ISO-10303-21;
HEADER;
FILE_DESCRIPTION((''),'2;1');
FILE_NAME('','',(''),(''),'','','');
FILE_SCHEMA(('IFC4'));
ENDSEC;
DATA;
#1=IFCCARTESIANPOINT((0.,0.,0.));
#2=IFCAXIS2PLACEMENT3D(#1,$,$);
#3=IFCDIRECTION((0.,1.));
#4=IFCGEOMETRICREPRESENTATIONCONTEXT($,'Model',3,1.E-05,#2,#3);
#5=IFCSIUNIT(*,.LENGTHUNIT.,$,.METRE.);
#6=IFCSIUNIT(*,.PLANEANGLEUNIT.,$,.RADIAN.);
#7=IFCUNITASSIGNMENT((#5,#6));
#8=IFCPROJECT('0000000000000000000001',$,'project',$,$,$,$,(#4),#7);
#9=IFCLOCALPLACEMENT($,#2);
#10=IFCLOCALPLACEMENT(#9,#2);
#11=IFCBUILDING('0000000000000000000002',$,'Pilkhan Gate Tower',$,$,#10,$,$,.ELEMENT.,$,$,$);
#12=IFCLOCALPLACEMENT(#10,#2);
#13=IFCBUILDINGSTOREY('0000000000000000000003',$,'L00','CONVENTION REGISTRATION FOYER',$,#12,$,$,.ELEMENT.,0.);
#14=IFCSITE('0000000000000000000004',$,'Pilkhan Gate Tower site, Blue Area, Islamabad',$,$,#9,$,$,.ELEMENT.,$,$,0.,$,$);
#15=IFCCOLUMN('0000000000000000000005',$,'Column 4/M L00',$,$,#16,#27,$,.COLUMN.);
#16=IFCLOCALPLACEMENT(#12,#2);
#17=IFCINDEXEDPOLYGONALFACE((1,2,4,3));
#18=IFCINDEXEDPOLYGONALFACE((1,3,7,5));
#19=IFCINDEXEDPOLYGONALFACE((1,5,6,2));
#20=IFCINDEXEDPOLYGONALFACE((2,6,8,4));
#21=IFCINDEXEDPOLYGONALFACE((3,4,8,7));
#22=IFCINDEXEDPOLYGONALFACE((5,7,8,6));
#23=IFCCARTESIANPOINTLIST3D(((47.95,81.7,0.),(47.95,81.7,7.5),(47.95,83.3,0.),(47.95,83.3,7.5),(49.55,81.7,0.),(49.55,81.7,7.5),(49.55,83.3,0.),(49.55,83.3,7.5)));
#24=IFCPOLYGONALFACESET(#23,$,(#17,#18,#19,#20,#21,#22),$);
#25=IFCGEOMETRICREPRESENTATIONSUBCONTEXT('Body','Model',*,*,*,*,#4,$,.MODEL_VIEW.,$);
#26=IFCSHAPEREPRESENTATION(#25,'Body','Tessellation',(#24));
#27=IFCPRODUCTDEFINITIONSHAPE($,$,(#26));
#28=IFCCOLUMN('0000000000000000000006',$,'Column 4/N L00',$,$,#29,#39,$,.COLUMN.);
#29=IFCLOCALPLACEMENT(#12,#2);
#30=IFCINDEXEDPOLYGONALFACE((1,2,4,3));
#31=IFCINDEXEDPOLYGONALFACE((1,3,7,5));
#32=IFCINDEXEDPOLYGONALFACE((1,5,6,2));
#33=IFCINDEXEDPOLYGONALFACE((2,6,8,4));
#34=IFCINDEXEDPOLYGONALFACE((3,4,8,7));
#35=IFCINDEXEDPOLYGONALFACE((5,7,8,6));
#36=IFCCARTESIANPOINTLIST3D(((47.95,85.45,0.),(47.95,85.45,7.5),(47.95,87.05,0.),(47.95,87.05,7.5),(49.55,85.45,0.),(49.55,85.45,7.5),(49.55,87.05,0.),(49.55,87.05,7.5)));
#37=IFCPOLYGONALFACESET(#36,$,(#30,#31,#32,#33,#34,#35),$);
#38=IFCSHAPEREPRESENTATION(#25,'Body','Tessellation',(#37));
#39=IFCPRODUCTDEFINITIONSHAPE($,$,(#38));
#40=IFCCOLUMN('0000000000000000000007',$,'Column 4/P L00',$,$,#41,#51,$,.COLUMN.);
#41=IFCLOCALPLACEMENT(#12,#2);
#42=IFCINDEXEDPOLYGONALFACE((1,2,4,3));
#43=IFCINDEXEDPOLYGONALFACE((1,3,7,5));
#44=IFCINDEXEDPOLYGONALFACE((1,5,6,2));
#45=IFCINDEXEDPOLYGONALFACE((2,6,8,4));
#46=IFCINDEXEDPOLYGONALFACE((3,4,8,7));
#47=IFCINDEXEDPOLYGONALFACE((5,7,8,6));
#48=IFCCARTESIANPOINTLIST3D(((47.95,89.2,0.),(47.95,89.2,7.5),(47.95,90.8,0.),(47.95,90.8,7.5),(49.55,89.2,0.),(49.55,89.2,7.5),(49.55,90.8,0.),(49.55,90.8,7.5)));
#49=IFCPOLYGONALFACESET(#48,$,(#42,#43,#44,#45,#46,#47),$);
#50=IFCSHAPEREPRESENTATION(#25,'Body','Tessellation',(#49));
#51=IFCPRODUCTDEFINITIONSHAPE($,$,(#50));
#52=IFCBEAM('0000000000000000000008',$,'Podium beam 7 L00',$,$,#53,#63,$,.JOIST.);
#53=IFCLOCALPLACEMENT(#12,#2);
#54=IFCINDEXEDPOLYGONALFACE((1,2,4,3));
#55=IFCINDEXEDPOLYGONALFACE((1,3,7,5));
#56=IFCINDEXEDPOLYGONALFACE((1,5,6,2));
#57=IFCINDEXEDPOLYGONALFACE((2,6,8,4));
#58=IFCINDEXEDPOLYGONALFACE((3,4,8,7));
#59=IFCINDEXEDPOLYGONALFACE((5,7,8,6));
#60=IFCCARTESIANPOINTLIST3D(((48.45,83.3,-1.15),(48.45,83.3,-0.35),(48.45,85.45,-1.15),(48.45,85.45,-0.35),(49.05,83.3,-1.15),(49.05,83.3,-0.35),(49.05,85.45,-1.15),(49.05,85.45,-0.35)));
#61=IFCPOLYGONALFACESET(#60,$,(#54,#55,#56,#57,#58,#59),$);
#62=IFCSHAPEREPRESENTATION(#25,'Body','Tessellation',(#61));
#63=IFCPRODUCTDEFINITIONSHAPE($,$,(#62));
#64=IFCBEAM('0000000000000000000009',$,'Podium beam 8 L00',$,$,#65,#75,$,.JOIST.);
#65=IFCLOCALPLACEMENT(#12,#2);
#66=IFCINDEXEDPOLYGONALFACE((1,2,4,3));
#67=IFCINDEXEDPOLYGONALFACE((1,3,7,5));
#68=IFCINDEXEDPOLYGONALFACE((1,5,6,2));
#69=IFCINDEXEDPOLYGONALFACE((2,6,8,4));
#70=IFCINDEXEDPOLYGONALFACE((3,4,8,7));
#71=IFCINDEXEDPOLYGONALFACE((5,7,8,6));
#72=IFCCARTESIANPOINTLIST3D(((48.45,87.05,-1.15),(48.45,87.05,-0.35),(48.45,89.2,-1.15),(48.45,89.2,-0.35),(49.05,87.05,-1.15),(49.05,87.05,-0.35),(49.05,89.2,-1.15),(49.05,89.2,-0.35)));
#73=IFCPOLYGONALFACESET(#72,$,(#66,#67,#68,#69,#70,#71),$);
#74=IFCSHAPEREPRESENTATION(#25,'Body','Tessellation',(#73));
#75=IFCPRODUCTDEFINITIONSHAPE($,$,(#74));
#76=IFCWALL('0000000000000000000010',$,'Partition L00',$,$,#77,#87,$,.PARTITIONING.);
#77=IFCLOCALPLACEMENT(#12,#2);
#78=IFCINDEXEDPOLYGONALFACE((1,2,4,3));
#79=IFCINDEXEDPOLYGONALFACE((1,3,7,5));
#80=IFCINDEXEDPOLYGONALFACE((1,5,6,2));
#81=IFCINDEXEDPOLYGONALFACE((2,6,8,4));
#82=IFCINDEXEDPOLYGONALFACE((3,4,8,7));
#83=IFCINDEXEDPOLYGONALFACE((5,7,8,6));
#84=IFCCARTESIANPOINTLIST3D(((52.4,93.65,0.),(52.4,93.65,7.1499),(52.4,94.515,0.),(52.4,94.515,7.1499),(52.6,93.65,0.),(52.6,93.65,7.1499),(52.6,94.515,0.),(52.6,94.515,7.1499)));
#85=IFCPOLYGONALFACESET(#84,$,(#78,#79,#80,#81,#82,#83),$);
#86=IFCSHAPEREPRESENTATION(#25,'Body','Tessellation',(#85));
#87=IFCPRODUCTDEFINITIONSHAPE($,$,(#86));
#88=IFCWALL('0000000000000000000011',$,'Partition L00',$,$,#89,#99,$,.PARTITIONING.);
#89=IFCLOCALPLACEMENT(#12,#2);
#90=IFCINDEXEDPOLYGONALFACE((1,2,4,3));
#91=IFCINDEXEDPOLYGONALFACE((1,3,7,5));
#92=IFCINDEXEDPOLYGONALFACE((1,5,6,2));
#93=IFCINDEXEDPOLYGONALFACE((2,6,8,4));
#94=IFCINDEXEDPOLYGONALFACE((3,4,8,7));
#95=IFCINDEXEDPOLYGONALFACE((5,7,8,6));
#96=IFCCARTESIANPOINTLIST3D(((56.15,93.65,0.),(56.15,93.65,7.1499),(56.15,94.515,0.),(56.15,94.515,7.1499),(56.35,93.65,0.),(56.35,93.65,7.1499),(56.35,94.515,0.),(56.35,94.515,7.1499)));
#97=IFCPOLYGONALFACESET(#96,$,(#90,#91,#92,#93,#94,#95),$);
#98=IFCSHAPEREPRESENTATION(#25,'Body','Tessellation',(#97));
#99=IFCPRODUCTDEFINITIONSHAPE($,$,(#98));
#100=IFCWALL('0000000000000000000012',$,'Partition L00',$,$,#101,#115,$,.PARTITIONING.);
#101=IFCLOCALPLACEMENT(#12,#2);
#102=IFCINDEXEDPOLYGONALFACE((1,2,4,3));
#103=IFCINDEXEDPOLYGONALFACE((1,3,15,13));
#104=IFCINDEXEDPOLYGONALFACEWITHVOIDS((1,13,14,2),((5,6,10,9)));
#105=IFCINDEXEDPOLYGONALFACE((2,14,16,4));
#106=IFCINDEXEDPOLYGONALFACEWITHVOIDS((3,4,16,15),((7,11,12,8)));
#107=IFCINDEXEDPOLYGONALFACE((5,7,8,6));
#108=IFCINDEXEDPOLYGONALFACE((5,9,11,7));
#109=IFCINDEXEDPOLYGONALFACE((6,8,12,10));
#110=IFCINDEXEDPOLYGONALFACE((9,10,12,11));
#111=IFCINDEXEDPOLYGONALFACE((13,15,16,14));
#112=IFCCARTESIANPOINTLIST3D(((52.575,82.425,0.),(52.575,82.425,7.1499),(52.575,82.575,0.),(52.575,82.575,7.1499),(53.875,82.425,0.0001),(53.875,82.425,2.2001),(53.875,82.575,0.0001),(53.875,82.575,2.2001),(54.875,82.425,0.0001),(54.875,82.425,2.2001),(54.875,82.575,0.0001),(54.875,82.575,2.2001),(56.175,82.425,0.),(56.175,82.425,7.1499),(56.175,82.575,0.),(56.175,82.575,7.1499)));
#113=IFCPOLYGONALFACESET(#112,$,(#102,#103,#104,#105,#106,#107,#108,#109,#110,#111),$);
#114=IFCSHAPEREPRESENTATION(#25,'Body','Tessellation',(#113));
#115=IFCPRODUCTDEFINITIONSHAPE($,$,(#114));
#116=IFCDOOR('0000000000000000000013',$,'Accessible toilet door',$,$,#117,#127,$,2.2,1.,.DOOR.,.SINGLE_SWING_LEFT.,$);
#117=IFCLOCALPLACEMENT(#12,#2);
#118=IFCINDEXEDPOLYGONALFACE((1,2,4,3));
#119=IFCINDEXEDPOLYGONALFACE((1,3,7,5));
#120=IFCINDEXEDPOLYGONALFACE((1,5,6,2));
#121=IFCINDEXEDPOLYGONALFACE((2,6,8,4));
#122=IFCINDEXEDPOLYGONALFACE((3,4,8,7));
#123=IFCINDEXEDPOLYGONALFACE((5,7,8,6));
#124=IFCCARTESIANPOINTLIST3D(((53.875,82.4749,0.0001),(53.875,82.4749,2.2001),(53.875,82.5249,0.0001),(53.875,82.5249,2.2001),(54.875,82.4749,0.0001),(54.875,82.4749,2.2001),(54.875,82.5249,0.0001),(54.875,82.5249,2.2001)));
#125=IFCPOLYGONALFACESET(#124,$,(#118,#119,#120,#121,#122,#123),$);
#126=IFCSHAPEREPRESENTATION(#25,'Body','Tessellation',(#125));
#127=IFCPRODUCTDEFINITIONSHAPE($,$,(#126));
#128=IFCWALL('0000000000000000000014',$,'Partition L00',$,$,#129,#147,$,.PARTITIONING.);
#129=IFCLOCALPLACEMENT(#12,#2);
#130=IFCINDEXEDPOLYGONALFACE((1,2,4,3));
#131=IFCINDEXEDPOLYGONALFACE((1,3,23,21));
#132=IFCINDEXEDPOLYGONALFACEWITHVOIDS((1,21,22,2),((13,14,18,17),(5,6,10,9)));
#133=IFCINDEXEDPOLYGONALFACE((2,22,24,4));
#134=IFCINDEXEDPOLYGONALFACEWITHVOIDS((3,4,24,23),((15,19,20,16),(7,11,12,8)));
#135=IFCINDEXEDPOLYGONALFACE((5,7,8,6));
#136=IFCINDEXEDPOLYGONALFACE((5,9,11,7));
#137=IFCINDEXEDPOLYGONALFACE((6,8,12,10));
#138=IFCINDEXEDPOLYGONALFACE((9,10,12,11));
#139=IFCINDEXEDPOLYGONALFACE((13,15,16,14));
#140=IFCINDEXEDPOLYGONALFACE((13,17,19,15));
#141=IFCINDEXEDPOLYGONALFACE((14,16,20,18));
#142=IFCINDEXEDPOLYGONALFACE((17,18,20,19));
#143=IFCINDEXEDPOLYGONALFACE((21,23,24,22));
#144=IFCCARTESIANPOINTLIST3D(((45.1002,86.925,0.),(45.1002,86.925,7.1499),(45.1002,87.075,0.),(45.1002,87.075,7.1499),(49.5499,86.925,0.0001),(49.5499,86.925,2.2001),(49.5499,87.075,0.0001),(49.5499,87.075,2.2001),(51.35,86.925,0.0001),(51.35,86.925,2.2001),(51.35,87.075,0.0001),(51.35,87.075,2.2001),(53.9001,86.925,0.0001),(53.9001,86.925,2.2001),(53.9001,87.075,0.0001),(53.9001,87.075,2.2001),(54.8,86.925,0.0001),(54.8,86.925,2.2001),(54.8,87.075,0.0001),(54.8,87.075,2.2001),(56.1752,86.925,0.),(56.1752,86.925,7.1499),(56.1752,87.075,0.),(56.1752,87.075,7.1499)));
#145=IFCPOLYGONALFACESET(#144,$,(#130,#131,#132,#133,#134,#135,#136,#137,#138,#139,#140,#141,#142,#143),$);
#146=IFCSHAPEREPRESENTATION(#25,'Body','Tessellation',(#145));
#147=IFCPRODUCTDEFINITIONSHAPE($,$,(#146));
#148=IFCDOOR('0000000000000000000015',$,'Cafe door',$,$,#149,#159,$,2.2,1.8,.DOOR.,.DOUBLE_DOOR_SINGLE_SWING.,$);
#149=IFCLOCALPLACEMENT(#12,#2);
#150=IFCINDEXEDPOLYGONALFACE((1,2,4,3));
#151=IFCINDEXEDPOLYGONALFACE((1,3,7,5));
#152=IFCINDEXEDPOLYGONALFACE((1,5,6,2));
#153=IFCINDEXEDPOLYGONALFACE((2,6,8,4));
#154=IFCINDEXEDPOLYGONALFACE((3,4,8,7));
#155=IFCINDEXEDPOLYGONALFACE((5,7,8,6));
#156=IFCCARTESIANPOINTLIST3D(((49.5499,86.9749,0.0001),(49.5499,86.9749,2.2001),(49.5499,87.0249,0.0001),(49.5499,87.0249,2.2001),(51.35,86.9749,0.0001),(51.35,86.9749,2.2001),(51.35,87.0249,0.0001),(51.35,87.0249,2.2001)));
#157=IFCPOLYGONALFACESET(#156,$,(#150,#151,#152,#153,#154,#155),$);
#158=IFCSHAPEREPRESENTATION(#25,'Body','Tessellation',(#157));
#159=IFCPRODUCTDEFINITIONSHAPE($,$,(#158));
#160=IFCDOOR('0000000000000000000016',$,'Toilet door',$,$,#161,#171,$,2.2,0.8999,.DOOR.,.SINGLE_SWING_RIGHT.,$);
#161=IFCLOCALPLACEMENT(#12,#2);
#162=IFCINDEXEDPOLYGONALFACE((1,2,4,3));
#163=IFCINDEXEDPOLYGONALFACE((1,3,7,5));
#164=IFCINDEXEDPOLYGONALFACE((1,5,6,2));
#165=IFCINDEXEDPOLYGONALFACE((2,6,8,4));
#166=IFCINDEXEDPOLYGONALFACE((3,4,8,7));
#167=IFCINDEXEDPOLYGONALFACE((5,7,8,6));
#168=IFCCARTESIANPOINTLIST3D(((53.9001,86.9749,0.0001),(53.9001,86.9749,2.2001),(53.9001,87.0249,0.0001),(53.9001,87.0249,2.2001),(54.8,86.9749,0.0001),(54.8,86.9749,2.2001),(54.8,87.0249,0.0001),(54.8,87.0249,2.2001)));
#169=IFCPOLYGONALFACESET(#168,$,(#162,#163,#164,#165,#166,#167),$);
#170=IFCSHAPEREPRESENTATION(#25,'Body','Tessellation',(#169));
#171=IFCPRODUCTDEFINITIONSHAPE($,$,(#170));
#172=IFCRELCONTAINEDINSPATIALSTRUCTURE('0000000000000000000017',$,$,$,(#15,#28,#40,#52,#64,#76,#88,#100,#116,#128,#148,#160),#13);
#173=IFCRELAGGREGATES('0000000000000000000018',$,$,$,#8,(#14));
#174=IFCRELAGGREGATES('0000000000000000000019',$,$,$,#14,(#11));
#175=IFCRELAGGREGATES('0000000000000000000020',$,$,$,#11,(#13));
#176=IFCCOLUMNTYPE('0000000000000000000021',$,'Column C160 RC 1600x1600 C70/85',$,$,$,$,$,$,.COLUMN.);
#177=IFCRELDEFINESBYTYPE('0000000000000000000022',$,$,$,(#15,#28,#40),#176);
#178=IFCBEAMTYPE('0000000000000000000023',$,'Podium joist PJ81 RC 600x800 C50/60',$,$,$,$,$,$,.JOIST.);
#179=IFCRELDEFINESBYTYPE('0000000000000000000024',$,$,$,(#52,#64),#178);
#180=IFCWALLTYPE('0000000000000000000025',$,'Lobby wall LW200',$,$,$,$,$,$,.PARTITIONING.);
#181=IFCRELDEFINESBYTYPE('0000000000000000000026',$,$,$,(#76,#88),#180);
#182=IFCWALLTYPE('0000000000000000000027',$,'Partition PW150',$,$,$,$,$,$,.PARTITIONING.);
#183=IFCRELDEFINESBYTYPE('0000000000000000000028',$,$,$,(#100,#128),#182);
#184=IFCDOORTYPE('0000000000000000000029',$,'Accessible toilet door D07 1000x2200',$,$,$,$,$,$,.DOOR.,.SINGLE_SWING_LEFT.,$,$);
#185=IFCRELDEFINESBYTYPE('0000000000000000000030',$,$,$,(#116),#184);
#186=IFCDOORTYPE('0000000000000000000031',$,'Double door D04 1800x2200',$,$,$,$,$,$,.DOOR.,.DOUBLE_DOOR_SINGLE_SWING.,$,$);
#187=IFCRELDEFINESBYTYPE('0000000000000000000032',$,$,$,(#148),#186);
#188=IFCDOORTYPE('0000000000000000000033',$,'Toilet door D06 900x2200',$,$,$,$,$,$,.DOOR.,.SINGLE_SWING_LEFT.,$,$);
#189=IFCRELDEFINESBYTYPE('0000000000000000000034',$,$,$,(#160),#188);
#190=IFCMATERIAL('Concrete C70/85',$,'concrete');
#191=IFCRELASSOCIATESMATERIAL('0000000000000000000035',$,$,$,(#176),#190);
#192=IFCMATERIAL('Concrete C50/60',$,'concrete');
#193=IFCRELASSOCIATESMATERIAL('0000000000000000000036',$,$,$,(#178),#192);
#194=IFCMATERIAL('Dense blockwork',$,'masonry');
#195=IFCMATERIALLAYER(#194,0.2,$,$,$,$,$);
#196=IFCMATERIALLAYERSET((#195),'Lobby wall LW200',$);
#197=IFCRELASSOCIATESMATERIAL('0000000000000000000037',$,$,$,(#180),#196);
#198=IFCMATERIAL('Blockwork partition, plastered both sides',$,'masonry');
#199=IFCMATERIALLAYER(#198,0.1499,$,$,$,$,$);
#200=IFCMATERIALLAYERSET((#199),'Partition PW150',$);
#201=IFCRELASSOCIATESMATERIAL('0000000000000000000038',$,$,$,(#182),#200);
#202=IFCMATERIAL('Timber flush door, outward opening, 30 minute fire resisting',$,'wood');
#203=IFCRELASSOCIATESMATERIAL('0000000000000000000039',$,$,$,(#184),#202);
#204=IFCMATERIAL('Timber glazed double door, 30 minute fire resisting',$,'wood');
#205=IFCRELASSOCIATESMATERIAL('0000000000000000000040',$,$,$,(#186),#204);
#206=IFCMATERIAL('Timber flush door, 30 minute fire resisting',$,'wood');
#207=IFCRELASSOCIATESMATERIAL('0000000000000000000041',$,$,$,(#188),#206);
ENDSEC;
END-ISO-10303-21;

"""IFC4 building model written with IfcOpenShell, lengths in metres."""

from ifc_helpers import new_model, si_unit, direction, frame, frame_2d, origin, origin_2d, place, context, subcontext, project, spatial, rectangle, extrude, material, layer, layer_set, material_profile, profile_set, type_object, element, fill, save


model = new_model("IFC4")

# Units and contexts
model_context = context("Model", 3, precision=1e-05, world=origin(), true_north=direction((0.0, 1.0)))
body_context = subcontext(model_context, "Body", "Model", "MODEL_VIEW")
ifc_project = project(units=[si_unit("LENGTHUNIT", "METRE"), si_unit("PLANEANGLEUNIT", "RADIAN")], contexts=[model_context])

# Site, building, storey
site_placement = place(None, origin())
site = spatial("IfcSite", under=ifc_project, at=site_placement, Name="Pilkhan Gate Tower site, Blue Area, Islamabad", CompositionType="ELEMENT", RefElevation=0.0)
building_placement = place(site_placement, origin())
building = spatial("IfcBuilding", under=site, at=building_placement, Name="Pilkhan Gate Tower", CompositionType="ELEMENT")
storey_placement = place(building_placement, origin())
storey = spatial("IfcBuildingStorey", under=building, at=storey_placement, Name="L00", Description="CONVENTION REGISTRATION FOYER", CompositionType="ELEMENT", Elevation=0.0)

# Columns
ifc_material_1 = material(Name="Concrete C70/85", Category="concrete")
ifc_material_profile_1 = material_profile(ifc_material_1, rectangle(XDim=1.6001, YDim=1.6001, at=origin_2d()), Name="RC 1600x1600")
ifc_profile_set_1 = profile_set([ifc_material_profile_1], Name="Concrete C70/85")
column_type = type_object("IfcColumnType", Name="Column C160 RC 1600x1600 C70/85", PredefinedType="COLUMN", material=ifc_profile_set_1)
for number, where, z_axis, x_axis, name in (
    (1, (48.75, 82.5, 0.0), (0.0, 0.0, 1.0), (1.0, 0.0, 0.0), "Column 4/M L00"),
    (2, (48.75, 86.25, 0.0), (0.0, 0.0, 1.0), (1.0, 0.0, 0.0), "Column 4/N L00"),
    (3, (48.75, 90.0, 0.0), (0.0, 0.0, 1.0), (1.0, 0.0, 0.0), "Column 4/P L00"),
):
    element("IfcColumn", number, at=place(storey_placement, frame(where, z_axis=z_axis, x_axis=x_axis)), inside=storey, type_object=column_type, Name=name, PredefinedType="COLUMN", context=body_context, shape_type="SweptSolid", body=[
        extrude(rectangle(XDim=1.6001, YDim=1.6001, at=origin_2d()), origin(), (0.0, 0.0, 1.0), 7.5),
    ])

# Beams
ifc_material_2 = material(Name="Concrete C50/60", Category="concrete")
ifc_material_profile_2 = material_profile(ifc_material_2, rectangle(XDim=0.6001, YDim=0.8, at=origin_2d()), Name="RC 600x800")
ifc_profile_set_2 = profile_set([ifc_material_profile_2], Name="Concrete C50/60")
beam_type = type_object("IfcBeamType", Name="Podium joist PJ81 RC 600x800 C50/60", PredefinedType="JOIST", material=ifc_profile_set_2)
for number, where, z_axis, x_axis, name in (
    (4, (48.75, 83.3, -0.75), (0.0, 1.0, 0.0), (-1.0, 0.0, 0.0), "Podium beam 7 L00"),
    (5, (48.75, 87.05, -0.75), (0.0, 1.0, 0.0), (-1.0, 0.0, 0.0), "Podium beam 8 L00"),
):
    element("IfcBeam", number, at=place(storey_placement, frame(where, z_axis=z_axis, x_axis=x_axis)), inside=storey, type_object=beam_type, Name=name, PredefinedType="JOIST", context=body_context, shape_type="SweptSolid", body=[
        extrude(rectangle(XDim=0.6001, YDim=0.8, at=origin_2d()), origin(), (0.0, 0.0, 1.0), 2.1499),
    ])

# Walls
ifc_material_3 = material(Name="Dense blockwork", Category="masonry")
ifc_layer_1 = layer(ifc_material_3, 0.2)
ifc_layer_set_1 = layer_set([ifc_layer_1], Name="Lobby wall LW200")
wall_type_1 = type_object("IfcWallType", Name="Lobby wall LW200", PredefinedType="PARTITIONING", material=ifc_layer_set_1)
for number, where, z_axis, x_axis, name in (
    (6, (52.5, 93.6499, 0.0), (0.0, 0.0, 1.0), (0.0, 1.0, 0.0), "Partition L00"),
    (7, (56.25, 93.6499, 0.0), (0.0, 0.0, 1.0), (0.0, 1.0, 0.0), "Partition L00"),
):
    element("IfcWall", number, at=place(storey_placement, frame(where, z_axis=z_axis, x_axis=x_axis)), inside=storey, type_object=wall_type_1, Name=name, PredefinedType="PARTITIONING", context=body_context, shape_type="SweptSolid", body=[
        extrude(rectangle(XDim=0.865, YDim=0.2, at=frame_2d((0.4326, 0.0))), origin(), (0.0, 0.0, 1.0), 7.1499),
    ])

# Wall, opening, door
ifc_material_4 = material(Name="Blockwork partition, plastered both sides", Category="masonry")
ifc_layer_2 = layer(ifc_material_4, 0.1499)
ifc_layer_set_2 = layer_set([ifc_layer_2], Name="Partition PW150")
wall_type_2 = type_object("IfcWallType", Name="Partition PW150", PredefinedType="PARTITIONING", material=ifc_layer_set_2)
wall_1_placement = place(storey_placement, frame((52.575, 82.5, 0.0), z_axis=(0.0, 0.0, 1.0), x_axis=(1.0, 0.0, 0.0)))
wall_1 = element("IfcWall", 8, at=wall_1_placement, inside=storey, type_object=wall_type_2, Name="Partition L00", PredefinedType="PARTITIONING", context=body_context, shape_type="SweptSolid", body=[
    extrude(rectangle(XDim=3.6001, YDim=0.1499, at=frame_2d((1.8, 0.0))), origin(), (0.0, 0.0, 1.0), 7.1499),
])
opening_1_placement = place(wall_1_placement, frame((1.3, 0.0, 0.0)))
opening_1 = element("IfcOpeningElement", 9, at=opening_1_placement, cuts=wall_1, PredefinedType="OPENING", context=body_context, shape_type="SweptSolid", body=[
    extrude(rectangle(XDim=1.0, YDim=2.2, at=frame_2d((0.5, 1.1001))), frame((0.0, 0.085, 0.0), z_axis=(0.0, -1.0, 0.0), x_axis=(1.0, 0.0, 0.0)), (0.0, 0.0, 1.0), 0.1699),
])
ifc_material_5 = material(Name="Timber flush door, outward opening, 30 minute fire resisting", Category="wood")
door_type_1 = type_object("IfcDoorType", Name="Accessible toilet door D07 1000x2200", OperationType="SINGLE_SWING_LEFT", PredefinedType="DOOR", material=ifc_material_5)
door_1_placement = place(opening_1_placement, origin())
door_1 = element("IfcDoor", 10, at=door_1_placement, inside=storey, type_object=door_type_1, Name="Accessible toilet door", OperationType="SINGLE_SWING_LEFT", OverallHeight=2.2, OverallWidth=1.0, PredefinedType="DOOR", context=body_context, shape_type="SweptSolid", body=[
    extrude(rectangle(XDim=1.0, YDim=2.2, at=frame_2d((0.5, 1.1001))), frame((0.0, 0.0249, 0.0), z_axis=(0.0, -1.0, 0.0), x_axis=(1.0, 0.0, 0.0)), (0.0, 0.0, 1.0), 0.05),
])
fill(opening_1, door_1)

# Wall, openings, doors
wall_2_placement = place(storey_placement, frame((45.1001, 87.0, 0.0), z_axis=(0.0, 0.0, 1.0), x_axis=(1.0, 0.0, 0.0)))
wall_2 = element("IfcWall", 11, at=wall_2_placement, inside=storey, type_object=wall_type_2, Name="Partition L00", PredefinedType="PARTITIONING", context=body_context, shape_type="SweptSolid", body=[
    extrude(rectangle(XDim=11.075, YDim=0.1499, at=frame_2d((5.5376, 0.0))), origin(), (0.0, 0.0, 1.0), 7.1499),
])
opening_2_placement = place(wall_2_placement, frame((4.45, 0.0, 0.0)))
opening_2 = element("IfcOpeningElement", 12, at=opening_2_placement, cuts=wall_2, PredefinedType="OPENING", context=body_context, shape_type="SweptSolid", body=[
    extrude(rectangle(XDim=1.8, YDim=2.2, at=frame_2d((0.8999, 1.1001))), frame((0.0, 0.085, 0.0), z_axis=(0.0, -1.0, 0.0), x_axis=(1.0, 0.0, 0.0)), (0.0, 0.0, 1.0), 0.1699),
])
opening_3_placement = place(wall_2_placement, frame((8.8, 0.0, 0.0)))
opening_3 = element("IfcOpeningElement", 13, at=opening_3_placement, cuts=wall_2, PredefinedType="OPENING", context=body_context, shape_type="SweptSolid", body=[
    extrude(rectangle(XDim=0.8999, YDim=2.2, at=frame_2d((0.45, 1.1001))), frame((0.0, 0.085, 0.0), z_axis=(0.0, -1.0, 0.0), x_axis=(1.0, 0.0, 0.0)), (0.0, 0.0, 1.0), 0.1699),
])
ifc_material_6 = material(Name="Timber glazed double door, 30 minute fire resisting", Category="wood")
door_type_2 = type_object("IfcDoorType", Name="Double door D04 1800x2200", OperationType="DOUBLE_DOOR_SINGLE_SWING", PredefinedType="DOOR", material=ifc_material_6)
door_2_placement = place(opening_2_placement, origin())
door_2 = element("IfcDoor", 14, at=door_2_placement, inside=storey, type_object=door_type_2, Name="Cafe door", OperationType="DOUBLE_DOOR_SINGLE_SWING", OverallHeight=2.2, OverallWidth=1.8, PredefinedType="DOOR", context=body_context, shape_type="SweptSolid", body=[
    extrude(rectangle(XDim=1.8, YDim=2.2, at=frame_2d((0.8999, 1.1001))), frame((0.0, 0.0249, 0.0), z_axis=(0.0, -1.0, 0.0), x_axis=(1.0, 0.0, 0.0)), (0.0, 0.0, 1.0), 0.05),
])
fill(opening_2, door_2)
ifc_material_7 = material(Name="Timber flush door, 30 minute fire resisting", Category="wood")
door_type_3 = type_object("IfcDoorType", Name="Toilet door D06 900x2200", OperationType="SINGLE_SWING_LEFT", PredefinedType="DOOR", material=ifc_material_7)
door_3_placement = place(opening_3_placement, origin())
door_3 = element("IfcDoor", 15, at=door_3_placement, inside=storey, type_object=door_type_3, Name="Toilet door", OperationType="SINGLE_SWING_RIGHT", OverallHeight=2.2, OverallWidth=0.8999, PredefinedType="DOOR", context=body_context, shape_type="SweptSolid", body=[
    extrude(rectangle(XDim=0.8999, YDim=2.2, at=frame_2d((0.45, 1.1001))), frame((0.0, 0.0249, 0.0), z_axis=(0.0, -1.0, 0.0), x_axis=(1.0, 0.0, 0.0)), (0.0, 0.0, 1.0), 0.05),
])
fill(opening_3, door_3)

save(model, "model.ifc")
